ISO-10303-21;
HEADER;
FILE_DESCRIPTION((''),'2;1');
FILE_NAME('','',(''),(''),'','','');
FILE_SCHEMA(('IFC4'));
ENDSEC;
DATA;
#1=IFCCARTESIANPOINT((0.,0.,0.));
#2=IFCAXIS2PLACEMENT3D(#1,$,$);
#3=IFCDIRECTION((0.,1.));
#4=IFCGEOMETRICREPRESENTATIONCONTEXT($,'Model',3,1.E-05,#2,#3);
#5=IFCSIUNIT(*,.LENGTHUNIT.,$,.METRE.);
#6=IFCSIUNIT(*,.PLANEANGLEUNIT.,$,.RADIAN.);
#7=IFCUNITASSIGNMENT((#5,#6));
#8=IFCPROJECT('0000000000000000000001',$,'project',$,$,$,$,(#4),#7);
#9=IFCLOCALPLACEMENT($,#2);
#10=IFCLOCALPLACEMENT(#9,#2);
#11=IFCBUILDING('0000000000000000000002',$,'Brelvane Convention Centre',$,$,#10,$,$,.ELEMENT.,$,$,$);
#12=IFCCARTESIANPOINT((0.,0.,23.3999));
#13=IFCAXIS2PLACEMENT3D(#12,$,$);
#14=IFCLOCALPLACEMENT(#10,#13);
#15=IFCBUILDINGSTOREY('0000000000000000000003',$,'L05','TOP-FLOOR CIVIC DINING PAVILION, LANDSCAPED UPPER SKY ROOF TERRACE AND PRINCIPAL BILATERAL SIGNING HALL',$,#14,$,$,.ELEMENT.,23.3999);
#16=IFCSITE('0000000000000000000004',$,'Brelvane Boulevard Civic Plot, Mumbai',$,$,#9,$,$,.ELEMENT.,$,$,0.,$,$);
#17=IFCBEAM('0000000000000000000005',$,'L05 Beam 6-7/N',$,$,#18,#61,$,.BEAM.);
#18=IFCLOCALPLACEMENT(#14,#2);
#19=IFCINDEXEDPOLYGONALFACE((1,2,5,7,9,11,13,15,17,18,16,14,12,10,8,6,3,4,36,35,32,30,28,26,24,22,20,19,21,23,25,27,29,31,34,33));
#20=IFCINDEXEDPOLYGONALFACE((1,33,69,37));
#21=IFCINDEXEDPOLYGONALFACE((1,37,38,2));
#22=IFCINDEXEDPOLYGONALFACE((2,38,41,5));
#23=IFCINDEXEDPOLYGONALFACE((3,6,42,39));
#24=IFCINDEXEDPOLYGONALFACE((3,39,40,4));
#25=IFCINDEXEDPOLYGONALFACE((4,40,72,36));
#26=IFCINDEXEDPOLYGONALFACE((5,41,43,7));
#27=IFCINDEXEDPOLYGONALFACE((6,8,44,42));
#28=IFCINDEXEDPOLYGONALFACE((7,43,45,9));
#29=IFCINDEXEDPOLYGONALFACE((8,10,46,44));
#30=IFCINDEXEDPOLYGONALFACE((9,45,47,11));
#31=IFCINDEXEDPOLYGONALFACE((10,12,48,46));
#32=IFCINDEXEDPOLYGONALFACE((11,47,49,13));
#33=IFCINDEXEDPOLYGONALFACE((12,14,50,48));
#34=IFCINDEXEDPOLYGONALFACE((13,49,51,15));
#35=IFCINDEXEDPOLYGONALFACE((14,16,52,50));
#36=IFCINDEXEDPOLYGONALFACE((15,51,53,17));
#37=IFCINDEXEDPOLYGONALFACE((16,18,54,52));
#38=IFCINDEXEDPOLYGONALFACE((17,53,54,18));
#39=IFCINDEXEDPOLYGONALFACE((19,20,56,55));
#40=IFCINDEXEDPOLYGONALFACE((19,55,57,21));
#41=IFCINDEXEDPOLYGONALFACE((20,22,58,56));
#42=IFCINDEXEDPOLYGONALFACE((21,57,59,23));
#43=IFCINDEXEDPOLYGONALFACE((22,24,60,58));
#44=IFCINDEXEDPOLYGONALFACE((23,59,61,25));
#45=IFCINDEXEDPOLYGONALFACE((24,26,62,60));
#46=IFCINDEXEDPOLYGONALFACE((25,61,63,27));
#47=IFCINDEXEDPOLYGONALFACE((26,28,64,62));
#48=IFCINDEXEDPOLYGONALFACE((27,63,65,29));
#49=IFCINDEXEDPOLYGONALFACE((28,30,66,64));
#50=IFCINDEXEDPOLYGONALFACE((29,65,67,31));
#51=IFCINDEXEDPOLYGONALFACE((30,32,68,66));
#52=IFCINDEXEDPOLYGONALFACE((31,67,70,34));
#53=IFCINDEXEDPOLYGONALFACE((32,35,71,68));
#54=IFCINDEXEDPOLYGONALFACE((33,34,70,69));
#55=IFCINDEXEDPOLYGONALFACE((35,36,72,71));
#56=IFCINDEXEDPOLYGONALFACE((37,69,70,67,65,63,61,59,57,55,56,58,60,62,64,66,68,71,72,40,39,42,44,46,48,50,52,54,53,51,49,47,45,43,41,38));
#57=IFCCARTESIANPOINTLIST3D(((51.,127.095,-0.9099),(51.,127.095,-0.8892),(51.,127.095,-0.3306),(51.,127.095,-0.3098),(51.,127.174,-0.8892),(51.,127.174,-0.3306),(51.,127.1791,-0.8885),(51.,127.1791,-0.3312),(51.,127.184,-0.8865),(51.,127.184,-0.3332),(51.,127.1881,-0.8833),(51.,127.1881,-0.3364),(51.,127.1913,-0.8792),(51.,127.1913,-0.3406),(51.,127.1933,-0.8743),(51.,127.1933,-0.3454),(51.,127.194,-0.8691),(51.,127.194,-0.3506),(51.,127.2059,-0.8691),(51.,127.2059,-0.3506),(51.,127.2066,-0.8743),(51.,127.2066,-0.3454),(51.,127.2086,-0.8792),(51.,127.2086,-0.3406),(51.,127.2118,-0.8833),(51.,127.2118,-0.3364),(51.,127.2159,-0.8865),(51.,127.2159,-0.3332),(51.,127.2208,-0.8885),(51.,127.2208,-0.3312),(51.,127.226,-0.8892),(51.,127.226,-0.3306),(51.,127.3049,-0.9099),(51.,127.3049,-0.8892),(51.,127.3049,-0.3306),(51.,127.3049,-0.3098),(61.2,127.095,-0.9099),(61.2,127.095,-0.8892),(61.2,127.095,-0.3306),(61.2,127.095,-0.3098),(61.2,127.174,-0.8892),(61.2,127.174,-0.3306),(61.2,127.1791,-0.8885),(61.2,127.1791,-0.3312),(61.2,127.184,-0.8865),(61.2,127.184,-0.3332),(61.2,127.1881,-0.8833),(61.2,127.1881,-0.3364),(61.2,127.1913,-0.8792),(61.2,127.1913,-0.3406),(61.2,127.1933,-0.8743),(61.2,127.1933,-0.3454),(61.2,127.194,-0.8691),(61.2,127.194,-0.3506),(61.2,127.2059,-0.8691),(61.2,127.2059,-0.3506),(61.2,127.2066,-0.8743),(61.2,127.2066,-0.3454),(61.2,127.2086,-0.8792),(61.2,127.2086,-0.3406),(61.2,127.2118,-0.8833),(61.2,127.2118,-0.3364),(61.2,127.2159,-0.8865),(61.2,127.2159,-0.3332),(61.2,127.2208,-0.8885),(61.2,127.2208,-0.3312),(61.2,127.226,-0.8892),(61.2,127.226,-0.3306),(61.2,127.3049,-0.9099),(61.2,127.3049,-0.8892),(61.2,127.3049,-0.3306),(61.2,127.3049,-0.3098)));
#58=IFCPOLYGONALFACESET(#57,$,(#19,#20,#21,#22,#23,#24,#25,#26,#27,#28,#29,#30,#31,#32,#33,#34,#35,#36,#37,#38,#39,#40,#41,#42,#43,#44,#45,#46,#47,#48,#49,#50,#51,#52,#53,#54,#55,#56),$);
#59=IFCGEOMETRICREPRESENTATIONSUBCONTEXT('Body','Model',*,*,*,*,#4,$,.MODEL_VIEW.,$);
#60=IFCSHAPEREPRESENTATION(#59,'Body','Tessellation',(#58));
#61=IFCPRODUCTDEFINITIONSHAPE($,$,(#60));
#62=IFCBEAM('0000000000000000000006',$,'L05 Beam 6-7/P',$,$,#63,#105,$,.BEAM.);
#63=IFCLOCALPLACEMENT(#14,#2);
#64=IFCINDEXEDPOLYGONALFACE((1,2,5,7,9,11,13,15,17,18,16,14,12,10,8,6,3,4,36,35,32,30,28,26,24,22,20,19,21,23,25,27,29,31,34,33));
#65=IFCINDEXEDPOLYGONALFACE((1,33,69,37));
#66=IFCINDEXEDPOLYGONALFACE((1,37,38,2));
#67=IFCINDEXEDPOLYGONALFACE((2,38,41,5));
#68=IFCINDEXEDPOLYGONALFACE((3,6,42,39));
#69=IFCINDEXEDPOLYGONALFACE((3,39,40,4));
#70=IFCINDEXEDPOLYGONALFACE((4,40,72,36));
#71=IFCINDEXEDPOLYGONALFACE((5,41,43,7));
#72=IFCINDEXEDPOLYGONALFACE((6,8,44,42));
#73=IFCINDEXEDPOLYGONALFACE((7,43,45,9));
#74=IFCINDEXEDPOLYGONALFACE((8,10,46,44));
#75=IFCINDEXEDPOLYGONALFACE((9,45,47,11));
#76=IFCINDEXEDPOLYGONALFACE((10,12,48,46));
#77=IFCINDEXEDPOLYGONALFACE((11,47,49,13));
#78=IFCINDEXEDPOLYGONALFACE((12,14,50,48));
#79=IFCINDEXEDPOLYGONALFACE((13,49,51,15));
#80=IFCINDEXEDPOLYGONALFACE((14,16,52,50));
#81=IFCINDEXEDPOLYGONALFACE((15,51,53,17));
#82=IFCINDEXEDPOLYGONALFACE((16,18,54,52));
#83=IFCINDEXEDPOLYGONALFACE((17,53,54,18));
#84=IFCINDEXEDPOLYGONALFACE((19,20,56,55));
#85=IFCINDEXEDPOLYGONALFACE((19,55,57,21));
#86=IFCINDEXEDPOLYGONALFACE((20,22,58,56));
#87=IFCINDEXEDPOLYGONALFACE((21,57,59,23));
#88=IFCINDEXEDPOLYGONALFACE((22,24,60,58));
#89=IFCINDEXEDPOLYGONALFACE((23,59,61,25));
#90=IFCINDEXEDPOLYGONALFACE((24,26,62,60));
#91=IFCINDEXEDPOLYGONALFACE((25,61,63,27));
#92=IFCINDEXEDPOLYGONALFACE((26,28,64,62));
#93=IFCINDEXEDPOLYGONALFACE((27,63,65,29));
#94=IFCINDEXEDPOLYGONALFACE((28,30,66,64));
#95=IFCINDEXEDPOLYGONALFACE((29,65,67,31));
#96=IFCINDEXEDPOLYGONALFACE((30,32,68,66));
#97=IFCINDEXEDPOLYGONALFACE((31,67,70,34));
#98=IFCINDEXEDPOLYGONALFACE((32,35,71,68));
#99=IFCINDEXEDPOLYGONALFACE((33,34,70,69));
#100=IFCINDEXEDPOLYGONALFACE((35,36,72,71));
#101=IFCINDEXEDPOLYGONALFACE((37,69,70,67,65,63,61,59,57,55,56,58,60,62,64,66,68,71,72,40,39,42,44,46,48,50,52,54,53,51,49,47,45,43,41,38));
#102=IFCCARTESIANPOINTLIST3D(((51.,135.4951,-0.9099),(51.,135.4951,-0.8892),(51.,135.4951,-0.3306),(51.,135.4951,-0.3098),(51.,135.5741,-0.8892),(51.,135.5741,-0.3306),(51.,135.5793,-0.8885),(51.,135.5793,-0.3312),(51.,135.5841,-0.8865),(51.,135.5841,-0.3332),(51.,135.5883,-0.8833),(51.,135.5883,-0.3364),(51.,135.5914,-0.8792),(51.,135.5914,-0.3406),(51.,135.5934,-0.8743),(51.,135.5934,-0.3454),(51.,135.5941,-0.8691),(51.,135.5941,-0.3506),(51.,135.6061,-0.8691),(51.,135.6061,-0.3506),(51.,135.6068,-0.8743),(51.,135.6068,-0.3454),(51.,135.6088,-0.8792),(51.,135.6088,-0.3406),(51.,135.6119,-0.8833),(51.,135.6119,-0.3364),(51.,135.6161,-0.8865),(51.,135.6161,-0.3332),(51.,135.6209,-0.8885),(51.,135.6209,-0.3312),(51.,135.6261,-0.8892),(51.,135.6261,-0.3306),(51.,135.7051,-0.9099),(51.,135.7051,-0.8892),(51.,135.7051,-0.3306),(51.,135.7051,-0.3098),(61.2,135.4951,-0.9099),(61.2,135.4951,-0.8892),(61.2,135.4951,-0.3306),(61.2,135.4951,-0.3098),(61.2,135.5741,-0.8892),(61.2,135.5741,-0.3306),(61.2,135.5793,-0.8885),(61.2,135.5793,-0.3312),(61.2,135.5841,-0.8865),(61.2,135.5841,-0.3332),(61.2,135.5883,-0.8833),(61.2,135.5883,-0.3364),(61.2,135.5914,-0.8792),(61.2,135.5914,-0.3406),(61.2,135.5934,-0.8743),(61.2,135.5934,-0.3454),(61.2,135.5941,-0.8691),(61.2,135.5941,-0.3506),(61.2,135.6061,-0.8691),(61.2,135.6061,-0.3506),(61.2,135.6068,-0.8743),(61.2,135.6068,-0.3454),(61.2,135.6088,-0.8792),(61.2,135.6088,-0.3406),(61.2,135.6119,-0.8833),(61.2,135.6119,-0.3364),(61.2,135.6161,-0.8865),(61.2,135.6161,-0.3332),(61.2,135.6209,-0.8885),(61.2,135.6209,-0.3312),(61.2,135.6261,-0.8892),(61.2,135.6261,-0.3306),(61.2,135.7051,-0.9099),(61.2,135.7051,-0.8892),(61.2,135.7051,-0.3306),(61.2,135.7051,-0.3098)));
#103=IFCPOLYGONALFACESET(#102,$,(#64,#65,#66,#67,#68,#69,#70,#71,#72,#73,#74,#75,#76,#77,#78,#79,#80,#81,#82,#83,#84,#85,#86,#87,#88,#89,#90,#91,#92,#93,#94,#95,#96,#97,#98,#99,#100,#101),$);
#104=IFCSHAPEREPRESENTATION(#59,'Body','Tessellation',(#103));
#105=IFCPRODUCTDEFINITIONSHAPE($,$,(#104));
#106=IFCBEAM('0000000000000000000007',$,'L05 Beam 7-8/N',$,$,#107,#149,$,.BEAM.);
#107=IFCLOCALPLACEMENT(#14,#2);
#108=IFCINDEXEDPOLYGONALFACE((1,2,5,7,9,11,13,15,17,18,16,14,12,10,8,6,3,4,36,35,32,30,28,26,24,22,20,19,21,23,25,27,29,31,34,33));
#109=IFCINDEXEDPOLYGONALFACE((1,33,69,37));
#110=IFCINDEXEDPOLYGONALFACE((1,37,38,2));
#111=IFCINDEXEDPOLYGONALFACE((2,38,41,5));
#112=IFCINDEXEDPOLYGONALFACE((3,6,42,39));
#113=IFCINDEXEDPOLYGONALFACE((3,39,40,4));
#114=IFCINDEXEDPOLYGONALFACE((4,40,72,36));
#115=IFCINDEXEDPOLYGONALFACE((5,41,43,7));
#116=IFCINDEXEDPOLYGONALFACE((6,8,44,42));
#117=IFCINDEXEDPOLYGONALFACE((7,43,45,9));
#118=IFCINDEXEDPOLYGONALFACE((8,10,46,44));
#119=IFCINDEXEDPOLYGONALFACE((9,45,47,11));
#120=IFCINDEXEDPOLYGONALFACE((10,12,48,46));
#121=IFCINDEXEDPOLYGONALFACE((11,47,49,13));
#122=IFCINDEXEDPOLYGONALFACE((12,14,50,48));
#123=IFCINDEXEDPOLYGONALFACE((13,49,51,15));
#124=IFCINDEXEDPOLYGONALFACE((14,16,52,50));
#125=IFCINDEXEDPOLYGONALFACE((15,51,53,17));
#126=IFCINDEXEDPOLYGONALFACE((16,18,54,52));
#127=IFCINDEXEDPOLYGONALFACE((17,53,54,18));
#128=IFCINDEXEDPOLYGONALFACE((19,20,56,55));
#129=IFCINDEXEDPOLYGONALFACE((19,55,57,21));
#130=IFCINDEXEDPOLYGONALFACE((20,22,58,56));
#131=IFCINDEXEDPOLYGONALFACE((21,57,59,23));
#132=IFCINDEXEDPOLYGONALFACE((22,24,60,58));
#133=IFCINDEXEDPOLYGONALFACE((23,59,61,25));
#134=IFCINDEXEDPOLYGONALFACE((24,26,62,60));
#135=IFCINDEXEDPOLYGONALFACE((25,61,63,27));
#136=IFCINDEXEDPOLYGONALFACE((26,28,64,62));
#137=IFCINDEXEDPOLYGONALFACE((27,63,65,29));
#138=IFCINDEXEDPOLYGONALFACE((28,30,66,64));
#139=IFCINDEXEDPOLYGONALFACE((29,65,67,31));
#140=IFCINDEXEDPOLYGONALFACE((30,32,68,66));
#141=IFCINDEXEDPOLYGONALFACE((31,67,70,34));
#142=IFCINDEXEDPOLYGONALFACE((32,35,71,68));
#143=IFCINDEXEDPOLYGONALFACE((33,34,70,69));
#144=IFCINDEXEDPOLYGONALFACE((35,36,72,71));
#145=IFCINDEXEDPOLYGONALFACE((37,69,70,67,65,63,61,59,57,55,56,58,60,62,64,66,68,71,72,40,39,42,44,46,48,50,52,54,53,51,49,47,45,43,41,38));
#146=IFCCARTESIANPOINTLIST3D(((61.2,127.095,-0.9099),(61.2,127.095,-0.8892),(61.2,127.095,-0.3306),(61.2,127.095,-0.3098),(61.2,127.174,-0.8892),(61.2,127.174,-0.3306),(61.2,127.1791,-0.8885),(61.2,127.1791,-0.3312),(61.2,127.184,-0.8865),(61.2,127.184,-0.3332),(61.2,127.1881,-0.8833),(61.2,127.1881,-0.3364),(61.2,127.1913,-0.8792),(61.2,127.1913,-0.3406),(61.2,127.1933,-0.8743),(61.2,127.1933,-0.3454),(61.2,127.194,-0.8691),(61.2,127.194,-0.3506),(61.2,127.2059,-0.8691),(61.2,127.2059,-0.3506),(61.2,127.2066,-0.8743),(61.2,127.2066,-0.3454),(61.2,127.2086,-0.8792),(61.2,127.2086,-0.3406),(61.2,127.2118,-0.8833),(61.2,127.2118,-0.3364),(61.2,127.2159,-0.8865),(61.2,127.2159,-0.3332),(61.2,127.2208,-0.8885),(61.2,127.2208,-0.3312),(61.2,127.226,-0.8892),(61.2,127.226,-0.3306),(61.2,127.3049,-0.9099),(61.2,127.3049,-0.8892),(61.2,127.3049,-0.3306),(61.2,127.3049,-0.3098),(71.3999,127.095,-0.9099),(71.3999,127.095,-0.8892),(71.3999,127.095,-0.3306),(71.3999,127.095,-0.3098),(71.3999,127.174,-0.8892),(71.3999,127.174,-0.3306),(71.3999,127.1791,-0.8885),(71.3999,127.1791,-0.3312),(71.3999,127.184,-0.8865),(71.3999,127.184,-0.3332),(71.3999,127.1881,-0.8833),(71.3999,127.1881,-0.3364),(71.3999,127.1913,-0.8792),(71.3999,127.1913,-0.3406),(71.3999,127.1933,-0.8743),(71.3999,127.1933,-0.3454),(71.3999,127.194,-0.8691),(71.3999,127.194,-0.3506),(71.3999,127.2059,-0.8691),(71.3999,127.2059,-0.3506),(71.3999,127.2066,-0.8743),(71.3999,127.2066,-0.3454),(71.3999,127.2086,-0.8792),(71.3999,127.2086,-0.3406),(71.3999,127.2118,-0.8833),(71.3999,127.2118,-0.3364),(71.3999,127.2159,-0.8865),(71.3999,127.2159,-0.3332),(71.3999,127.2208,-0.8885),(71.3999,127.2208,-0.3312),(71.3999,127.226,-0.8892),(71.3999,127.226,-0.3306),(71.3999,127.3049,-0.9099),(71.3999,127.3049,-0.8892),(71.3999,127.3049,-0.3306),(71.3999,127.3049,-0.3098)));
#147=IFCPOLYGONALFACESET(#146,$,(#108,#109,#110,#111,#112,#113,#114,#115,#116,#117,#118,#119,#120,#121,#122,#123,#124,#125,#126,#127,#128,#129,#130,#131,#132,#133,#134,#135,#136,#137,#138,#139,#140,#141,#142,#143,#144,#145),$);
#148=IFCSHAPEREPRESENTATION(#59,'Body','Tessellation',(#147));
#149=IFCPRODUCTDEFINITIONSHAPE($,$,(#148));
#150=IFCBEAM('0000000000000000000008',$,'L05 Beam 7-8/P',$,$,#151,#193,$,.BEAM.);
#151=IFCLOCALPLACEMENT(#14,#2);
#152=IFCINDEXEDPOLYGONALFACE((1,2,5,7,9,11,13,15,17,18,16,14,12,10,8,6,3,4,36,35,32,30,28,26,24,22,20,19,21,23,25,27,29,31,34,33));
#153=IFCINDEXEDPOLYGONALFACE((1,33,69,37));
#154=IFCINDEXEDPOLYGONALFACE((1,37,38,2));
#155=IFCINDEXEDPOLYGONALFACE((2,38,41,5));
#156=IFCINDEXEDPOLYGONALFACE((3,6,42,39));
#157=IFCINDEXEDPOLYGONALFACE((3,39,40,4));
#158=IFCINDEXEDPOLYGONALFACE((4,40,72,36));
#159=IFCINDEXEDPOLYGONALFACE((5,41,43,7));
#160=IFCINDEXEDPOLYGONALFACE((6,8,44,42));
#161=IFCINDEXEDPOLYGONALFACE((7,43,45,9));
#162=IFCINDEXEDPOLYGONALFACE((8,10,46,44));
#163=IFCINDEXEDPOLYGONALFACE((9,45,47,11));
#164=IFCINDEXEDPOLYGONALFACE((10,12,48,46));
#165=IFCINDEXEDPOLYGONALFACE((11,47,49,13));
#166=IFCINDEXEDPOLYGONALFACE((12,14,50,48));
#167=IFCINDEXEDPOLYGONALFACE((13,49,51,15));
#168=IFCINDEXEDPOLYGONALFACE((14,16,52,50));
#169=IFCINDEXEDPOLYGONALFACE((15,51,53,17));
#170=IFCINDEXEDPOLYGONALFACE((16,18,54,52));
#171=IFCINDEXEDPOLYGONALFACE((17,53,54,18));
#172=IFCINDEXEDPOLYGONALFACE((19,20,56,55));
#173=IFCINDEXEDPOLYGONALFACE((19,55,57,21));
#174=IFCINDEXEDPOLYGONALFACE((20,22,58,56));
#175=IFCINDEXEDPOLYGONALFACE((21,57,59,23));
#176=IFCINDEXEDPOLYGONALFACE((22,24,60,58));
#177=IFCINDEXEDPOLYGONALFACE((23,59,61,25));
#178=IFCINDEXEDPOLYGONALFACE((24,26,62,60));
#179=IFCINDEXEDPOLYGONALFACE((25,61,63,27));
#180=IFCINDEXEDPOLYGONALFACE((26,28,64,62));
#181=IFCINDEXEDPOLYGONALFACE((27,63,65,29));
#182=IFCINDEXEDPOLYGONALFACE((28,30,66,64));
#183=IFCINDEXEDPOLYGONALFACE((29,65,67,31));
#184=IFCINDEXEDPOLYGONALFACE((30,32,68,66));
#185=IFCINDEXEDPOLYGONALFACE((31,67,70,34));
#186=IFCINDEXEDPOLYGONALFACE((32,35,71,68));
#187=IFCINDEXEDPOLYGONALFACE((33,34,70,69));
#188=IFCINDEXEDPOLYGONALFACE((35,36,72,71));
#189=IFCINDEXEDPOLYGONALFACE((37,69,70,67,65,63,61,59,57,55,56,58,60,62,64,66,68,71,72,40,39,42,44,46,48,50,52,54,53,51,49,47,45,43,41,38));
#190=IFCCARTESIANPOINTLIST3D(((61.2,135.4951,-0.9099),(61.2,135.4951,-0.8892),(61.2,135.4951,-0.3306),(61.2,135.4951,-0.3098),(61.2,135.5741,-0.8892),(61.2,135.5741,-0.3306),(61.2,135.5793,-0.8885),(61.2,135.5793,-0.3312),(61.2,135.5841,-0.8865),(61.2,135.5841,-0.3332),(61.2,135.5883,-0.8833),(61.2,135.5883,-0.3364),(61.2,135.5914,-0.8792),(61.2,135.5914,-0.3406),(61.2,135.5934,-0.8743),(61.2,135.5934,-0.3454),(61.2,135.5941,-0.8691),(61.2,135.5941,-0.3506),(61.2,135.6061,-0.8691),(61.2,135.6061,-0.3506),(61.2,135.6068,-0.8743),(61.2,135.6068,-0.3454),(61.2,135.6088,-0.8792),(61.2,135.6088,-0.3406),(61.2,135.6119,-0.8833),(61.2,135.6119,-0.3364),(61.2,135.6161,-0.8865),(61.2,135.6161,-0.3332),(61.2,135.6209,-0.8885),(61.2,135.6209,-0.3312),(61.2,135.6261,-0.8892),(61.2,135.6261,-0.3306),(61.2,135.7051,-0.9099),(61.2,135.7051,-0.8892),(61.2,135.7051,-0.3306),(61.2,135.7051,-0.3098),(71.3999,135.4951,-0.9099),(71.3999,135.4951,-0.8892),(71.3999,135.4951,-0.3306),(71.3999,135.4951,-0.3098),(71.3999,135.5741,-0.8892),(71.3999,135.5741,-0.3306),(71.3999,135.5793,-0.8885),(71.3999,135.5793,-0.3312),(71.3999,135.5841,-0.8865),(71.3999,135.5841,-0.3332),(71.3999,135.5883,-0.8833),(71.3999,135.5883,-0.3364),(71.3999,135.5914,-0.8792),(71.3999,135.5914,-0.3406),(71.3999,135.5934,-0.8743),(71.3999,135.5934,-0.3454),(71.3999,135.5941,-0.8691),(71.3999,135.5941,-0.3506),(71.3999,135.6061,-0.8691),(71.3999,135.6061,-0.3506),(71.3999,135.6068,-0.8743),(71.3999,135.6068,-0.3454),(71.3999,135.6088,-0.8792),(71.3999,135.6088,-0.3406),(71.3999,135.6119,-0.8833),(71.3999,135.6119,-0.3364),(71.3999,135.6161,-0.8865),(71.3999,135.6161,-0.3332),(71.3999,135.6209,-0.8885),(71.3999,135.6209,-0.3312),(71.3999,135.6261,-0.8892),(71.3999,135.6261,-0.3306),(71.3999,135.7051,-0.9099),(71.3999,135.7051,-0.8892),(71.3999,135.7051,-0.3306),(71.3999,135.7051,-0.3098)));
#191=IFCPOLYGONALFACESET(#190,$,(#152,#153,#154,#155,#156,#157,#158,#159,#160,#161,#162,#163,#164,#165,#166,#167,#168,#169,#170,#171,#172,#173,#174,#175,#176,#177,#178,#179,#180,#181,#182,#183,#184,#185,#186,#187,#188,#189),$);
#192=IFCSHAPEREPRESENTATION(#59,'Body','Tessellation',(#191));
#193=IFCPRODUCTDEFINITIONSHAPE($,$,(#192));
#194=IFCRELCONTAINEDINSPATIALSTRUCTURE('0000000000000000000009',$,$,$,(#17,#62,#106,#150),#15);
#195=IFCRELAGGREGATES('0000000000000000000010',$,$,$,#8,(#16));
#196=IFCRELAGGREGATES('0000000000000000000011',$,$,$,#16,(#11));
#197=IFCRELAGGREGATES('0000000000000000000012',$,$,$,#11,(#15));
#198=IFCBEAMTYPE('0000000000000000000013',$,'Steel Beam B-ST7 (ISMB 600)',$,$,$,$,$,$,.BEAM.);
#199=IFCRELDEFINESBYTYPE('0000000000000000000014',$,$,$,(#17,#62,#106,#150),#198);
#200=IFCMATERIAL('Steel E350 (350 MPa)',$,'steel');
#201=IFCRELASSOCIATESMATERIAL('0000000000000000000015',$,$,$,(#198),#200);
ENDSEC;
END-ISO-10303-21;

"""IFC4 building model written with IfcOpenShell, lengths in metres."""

from ifc_helpers import new_model, si_unit, direction, frame, origin, origin_2d, place, context, subcontext, project, spatial, i_section, extrude, material, material_profile, profile_set, type_object, element, save


model = new_model("IFC4")

# Units and contexts
model_context = context("Model", 3, precision=1e-05, world=origin(), true_north=direction((0.0, 1.0)))
body_context = subcontext(model_context, "Body", "Model", "MODEL_VIEW")
ifc_project = project(units=[si_unit("LENGTHUNIT", "METRE"), si_unit("PLANEANGLEUNIT", "RADIAN")], contexts=[model_context])

# Site, building, storey
site_placement = place(None, origin())
site = spatial("IfcSite", under=ifc_project, at=site_placement, Name="Brelvane Boulevard Civic Plot, Mumbai", CompositionType="ELEMENT", RefElevation=0.0)
building_placement = place(site_placement, origin())
building = spatial("IfcBuilding", under=site, at=building_placement, Name="Brelvane Convention Centre", CompositionType="ELEMENT")
storey_placement = place(building_placement, frame((0.0, 0.0, 23.3999)))
storey = spatial("IfcBuildingStorey", under=building, at=storey_placement, Name="L05", Description="TOP-FLOOR CIVIC DINING PAVILION, LANDSCAPED UPPER SKY ROOF TERRACE AND PRINCIPAL BILATERAL SIGNING HALL", CompositionType="ELEMENT", Elevation=23.3999)

# Beams
ifc_material_1 = material(Name="Steel E350 (350 MPa)", Category="steel")
ifc_material_profile_1 = material_profile(ifc_material_1, i_section(OverallWidth=0.21, OverallDepth=0.6001, WebThickness=0.012, FlangeThickness=0.0208, FilletRadius=0.02, at=origin_2d()), Name="ISMB 600")
ifc_profile_set_1 = profile_set([ifc_material_profile_1], Name="Steel E350 (350 MPa)")
beam_type_1 = type_object("IfcBeamType", Name="Steel Beam B-ST7 (ISMB 600)", PredefinedType="BEAM", material=ifc_profile_set_1)
for number, where, z_axis, x_axis, name in (
    (1, (51.0, 127.2, -0.6099), (1.0, 0.0, 0.0), (0.0, 1.0, 0.0), "L05 Beam 6-7/N"),
    (2, (51.0, 135.6001, -0.6099), (1.0, 0.0, 0.0), (0.0, 1.0, 0.0), "L05 Beam 6-7/P"),
    (3, (61.2, 127.2, -0.6099), (1.0, 0.0, 0.0), (0.0, 1.0, 0.0), "L05 Beam 7-8/N"),
    (4, (61.2, 135.6001, -0.6099), (1.0, 0.0, 0.0), (0.0, 1.0, 0.0), "L05 Beam 7-8/P"),
):
    element("IfcBeam", number, at=place(storey_placement, frame(where, z_axis=z_axis, x_axis=x_axis)), inside=storey, type_object=beam_type_1, Name=name, PredefinedType="BEAM", context=body_context, shape_type="SweptSolid", body=[
        extrude(i_section(OverallWidth=0.21, OverallDepth=0.6001, WebThickness=0.012, FlangeThickness=0.0208, FilletRadius=0.02, at=origin_2d()), origin(), (0.0, 0.0, 1.0), 10.2),
    ])

save(model, "model.ifc")
